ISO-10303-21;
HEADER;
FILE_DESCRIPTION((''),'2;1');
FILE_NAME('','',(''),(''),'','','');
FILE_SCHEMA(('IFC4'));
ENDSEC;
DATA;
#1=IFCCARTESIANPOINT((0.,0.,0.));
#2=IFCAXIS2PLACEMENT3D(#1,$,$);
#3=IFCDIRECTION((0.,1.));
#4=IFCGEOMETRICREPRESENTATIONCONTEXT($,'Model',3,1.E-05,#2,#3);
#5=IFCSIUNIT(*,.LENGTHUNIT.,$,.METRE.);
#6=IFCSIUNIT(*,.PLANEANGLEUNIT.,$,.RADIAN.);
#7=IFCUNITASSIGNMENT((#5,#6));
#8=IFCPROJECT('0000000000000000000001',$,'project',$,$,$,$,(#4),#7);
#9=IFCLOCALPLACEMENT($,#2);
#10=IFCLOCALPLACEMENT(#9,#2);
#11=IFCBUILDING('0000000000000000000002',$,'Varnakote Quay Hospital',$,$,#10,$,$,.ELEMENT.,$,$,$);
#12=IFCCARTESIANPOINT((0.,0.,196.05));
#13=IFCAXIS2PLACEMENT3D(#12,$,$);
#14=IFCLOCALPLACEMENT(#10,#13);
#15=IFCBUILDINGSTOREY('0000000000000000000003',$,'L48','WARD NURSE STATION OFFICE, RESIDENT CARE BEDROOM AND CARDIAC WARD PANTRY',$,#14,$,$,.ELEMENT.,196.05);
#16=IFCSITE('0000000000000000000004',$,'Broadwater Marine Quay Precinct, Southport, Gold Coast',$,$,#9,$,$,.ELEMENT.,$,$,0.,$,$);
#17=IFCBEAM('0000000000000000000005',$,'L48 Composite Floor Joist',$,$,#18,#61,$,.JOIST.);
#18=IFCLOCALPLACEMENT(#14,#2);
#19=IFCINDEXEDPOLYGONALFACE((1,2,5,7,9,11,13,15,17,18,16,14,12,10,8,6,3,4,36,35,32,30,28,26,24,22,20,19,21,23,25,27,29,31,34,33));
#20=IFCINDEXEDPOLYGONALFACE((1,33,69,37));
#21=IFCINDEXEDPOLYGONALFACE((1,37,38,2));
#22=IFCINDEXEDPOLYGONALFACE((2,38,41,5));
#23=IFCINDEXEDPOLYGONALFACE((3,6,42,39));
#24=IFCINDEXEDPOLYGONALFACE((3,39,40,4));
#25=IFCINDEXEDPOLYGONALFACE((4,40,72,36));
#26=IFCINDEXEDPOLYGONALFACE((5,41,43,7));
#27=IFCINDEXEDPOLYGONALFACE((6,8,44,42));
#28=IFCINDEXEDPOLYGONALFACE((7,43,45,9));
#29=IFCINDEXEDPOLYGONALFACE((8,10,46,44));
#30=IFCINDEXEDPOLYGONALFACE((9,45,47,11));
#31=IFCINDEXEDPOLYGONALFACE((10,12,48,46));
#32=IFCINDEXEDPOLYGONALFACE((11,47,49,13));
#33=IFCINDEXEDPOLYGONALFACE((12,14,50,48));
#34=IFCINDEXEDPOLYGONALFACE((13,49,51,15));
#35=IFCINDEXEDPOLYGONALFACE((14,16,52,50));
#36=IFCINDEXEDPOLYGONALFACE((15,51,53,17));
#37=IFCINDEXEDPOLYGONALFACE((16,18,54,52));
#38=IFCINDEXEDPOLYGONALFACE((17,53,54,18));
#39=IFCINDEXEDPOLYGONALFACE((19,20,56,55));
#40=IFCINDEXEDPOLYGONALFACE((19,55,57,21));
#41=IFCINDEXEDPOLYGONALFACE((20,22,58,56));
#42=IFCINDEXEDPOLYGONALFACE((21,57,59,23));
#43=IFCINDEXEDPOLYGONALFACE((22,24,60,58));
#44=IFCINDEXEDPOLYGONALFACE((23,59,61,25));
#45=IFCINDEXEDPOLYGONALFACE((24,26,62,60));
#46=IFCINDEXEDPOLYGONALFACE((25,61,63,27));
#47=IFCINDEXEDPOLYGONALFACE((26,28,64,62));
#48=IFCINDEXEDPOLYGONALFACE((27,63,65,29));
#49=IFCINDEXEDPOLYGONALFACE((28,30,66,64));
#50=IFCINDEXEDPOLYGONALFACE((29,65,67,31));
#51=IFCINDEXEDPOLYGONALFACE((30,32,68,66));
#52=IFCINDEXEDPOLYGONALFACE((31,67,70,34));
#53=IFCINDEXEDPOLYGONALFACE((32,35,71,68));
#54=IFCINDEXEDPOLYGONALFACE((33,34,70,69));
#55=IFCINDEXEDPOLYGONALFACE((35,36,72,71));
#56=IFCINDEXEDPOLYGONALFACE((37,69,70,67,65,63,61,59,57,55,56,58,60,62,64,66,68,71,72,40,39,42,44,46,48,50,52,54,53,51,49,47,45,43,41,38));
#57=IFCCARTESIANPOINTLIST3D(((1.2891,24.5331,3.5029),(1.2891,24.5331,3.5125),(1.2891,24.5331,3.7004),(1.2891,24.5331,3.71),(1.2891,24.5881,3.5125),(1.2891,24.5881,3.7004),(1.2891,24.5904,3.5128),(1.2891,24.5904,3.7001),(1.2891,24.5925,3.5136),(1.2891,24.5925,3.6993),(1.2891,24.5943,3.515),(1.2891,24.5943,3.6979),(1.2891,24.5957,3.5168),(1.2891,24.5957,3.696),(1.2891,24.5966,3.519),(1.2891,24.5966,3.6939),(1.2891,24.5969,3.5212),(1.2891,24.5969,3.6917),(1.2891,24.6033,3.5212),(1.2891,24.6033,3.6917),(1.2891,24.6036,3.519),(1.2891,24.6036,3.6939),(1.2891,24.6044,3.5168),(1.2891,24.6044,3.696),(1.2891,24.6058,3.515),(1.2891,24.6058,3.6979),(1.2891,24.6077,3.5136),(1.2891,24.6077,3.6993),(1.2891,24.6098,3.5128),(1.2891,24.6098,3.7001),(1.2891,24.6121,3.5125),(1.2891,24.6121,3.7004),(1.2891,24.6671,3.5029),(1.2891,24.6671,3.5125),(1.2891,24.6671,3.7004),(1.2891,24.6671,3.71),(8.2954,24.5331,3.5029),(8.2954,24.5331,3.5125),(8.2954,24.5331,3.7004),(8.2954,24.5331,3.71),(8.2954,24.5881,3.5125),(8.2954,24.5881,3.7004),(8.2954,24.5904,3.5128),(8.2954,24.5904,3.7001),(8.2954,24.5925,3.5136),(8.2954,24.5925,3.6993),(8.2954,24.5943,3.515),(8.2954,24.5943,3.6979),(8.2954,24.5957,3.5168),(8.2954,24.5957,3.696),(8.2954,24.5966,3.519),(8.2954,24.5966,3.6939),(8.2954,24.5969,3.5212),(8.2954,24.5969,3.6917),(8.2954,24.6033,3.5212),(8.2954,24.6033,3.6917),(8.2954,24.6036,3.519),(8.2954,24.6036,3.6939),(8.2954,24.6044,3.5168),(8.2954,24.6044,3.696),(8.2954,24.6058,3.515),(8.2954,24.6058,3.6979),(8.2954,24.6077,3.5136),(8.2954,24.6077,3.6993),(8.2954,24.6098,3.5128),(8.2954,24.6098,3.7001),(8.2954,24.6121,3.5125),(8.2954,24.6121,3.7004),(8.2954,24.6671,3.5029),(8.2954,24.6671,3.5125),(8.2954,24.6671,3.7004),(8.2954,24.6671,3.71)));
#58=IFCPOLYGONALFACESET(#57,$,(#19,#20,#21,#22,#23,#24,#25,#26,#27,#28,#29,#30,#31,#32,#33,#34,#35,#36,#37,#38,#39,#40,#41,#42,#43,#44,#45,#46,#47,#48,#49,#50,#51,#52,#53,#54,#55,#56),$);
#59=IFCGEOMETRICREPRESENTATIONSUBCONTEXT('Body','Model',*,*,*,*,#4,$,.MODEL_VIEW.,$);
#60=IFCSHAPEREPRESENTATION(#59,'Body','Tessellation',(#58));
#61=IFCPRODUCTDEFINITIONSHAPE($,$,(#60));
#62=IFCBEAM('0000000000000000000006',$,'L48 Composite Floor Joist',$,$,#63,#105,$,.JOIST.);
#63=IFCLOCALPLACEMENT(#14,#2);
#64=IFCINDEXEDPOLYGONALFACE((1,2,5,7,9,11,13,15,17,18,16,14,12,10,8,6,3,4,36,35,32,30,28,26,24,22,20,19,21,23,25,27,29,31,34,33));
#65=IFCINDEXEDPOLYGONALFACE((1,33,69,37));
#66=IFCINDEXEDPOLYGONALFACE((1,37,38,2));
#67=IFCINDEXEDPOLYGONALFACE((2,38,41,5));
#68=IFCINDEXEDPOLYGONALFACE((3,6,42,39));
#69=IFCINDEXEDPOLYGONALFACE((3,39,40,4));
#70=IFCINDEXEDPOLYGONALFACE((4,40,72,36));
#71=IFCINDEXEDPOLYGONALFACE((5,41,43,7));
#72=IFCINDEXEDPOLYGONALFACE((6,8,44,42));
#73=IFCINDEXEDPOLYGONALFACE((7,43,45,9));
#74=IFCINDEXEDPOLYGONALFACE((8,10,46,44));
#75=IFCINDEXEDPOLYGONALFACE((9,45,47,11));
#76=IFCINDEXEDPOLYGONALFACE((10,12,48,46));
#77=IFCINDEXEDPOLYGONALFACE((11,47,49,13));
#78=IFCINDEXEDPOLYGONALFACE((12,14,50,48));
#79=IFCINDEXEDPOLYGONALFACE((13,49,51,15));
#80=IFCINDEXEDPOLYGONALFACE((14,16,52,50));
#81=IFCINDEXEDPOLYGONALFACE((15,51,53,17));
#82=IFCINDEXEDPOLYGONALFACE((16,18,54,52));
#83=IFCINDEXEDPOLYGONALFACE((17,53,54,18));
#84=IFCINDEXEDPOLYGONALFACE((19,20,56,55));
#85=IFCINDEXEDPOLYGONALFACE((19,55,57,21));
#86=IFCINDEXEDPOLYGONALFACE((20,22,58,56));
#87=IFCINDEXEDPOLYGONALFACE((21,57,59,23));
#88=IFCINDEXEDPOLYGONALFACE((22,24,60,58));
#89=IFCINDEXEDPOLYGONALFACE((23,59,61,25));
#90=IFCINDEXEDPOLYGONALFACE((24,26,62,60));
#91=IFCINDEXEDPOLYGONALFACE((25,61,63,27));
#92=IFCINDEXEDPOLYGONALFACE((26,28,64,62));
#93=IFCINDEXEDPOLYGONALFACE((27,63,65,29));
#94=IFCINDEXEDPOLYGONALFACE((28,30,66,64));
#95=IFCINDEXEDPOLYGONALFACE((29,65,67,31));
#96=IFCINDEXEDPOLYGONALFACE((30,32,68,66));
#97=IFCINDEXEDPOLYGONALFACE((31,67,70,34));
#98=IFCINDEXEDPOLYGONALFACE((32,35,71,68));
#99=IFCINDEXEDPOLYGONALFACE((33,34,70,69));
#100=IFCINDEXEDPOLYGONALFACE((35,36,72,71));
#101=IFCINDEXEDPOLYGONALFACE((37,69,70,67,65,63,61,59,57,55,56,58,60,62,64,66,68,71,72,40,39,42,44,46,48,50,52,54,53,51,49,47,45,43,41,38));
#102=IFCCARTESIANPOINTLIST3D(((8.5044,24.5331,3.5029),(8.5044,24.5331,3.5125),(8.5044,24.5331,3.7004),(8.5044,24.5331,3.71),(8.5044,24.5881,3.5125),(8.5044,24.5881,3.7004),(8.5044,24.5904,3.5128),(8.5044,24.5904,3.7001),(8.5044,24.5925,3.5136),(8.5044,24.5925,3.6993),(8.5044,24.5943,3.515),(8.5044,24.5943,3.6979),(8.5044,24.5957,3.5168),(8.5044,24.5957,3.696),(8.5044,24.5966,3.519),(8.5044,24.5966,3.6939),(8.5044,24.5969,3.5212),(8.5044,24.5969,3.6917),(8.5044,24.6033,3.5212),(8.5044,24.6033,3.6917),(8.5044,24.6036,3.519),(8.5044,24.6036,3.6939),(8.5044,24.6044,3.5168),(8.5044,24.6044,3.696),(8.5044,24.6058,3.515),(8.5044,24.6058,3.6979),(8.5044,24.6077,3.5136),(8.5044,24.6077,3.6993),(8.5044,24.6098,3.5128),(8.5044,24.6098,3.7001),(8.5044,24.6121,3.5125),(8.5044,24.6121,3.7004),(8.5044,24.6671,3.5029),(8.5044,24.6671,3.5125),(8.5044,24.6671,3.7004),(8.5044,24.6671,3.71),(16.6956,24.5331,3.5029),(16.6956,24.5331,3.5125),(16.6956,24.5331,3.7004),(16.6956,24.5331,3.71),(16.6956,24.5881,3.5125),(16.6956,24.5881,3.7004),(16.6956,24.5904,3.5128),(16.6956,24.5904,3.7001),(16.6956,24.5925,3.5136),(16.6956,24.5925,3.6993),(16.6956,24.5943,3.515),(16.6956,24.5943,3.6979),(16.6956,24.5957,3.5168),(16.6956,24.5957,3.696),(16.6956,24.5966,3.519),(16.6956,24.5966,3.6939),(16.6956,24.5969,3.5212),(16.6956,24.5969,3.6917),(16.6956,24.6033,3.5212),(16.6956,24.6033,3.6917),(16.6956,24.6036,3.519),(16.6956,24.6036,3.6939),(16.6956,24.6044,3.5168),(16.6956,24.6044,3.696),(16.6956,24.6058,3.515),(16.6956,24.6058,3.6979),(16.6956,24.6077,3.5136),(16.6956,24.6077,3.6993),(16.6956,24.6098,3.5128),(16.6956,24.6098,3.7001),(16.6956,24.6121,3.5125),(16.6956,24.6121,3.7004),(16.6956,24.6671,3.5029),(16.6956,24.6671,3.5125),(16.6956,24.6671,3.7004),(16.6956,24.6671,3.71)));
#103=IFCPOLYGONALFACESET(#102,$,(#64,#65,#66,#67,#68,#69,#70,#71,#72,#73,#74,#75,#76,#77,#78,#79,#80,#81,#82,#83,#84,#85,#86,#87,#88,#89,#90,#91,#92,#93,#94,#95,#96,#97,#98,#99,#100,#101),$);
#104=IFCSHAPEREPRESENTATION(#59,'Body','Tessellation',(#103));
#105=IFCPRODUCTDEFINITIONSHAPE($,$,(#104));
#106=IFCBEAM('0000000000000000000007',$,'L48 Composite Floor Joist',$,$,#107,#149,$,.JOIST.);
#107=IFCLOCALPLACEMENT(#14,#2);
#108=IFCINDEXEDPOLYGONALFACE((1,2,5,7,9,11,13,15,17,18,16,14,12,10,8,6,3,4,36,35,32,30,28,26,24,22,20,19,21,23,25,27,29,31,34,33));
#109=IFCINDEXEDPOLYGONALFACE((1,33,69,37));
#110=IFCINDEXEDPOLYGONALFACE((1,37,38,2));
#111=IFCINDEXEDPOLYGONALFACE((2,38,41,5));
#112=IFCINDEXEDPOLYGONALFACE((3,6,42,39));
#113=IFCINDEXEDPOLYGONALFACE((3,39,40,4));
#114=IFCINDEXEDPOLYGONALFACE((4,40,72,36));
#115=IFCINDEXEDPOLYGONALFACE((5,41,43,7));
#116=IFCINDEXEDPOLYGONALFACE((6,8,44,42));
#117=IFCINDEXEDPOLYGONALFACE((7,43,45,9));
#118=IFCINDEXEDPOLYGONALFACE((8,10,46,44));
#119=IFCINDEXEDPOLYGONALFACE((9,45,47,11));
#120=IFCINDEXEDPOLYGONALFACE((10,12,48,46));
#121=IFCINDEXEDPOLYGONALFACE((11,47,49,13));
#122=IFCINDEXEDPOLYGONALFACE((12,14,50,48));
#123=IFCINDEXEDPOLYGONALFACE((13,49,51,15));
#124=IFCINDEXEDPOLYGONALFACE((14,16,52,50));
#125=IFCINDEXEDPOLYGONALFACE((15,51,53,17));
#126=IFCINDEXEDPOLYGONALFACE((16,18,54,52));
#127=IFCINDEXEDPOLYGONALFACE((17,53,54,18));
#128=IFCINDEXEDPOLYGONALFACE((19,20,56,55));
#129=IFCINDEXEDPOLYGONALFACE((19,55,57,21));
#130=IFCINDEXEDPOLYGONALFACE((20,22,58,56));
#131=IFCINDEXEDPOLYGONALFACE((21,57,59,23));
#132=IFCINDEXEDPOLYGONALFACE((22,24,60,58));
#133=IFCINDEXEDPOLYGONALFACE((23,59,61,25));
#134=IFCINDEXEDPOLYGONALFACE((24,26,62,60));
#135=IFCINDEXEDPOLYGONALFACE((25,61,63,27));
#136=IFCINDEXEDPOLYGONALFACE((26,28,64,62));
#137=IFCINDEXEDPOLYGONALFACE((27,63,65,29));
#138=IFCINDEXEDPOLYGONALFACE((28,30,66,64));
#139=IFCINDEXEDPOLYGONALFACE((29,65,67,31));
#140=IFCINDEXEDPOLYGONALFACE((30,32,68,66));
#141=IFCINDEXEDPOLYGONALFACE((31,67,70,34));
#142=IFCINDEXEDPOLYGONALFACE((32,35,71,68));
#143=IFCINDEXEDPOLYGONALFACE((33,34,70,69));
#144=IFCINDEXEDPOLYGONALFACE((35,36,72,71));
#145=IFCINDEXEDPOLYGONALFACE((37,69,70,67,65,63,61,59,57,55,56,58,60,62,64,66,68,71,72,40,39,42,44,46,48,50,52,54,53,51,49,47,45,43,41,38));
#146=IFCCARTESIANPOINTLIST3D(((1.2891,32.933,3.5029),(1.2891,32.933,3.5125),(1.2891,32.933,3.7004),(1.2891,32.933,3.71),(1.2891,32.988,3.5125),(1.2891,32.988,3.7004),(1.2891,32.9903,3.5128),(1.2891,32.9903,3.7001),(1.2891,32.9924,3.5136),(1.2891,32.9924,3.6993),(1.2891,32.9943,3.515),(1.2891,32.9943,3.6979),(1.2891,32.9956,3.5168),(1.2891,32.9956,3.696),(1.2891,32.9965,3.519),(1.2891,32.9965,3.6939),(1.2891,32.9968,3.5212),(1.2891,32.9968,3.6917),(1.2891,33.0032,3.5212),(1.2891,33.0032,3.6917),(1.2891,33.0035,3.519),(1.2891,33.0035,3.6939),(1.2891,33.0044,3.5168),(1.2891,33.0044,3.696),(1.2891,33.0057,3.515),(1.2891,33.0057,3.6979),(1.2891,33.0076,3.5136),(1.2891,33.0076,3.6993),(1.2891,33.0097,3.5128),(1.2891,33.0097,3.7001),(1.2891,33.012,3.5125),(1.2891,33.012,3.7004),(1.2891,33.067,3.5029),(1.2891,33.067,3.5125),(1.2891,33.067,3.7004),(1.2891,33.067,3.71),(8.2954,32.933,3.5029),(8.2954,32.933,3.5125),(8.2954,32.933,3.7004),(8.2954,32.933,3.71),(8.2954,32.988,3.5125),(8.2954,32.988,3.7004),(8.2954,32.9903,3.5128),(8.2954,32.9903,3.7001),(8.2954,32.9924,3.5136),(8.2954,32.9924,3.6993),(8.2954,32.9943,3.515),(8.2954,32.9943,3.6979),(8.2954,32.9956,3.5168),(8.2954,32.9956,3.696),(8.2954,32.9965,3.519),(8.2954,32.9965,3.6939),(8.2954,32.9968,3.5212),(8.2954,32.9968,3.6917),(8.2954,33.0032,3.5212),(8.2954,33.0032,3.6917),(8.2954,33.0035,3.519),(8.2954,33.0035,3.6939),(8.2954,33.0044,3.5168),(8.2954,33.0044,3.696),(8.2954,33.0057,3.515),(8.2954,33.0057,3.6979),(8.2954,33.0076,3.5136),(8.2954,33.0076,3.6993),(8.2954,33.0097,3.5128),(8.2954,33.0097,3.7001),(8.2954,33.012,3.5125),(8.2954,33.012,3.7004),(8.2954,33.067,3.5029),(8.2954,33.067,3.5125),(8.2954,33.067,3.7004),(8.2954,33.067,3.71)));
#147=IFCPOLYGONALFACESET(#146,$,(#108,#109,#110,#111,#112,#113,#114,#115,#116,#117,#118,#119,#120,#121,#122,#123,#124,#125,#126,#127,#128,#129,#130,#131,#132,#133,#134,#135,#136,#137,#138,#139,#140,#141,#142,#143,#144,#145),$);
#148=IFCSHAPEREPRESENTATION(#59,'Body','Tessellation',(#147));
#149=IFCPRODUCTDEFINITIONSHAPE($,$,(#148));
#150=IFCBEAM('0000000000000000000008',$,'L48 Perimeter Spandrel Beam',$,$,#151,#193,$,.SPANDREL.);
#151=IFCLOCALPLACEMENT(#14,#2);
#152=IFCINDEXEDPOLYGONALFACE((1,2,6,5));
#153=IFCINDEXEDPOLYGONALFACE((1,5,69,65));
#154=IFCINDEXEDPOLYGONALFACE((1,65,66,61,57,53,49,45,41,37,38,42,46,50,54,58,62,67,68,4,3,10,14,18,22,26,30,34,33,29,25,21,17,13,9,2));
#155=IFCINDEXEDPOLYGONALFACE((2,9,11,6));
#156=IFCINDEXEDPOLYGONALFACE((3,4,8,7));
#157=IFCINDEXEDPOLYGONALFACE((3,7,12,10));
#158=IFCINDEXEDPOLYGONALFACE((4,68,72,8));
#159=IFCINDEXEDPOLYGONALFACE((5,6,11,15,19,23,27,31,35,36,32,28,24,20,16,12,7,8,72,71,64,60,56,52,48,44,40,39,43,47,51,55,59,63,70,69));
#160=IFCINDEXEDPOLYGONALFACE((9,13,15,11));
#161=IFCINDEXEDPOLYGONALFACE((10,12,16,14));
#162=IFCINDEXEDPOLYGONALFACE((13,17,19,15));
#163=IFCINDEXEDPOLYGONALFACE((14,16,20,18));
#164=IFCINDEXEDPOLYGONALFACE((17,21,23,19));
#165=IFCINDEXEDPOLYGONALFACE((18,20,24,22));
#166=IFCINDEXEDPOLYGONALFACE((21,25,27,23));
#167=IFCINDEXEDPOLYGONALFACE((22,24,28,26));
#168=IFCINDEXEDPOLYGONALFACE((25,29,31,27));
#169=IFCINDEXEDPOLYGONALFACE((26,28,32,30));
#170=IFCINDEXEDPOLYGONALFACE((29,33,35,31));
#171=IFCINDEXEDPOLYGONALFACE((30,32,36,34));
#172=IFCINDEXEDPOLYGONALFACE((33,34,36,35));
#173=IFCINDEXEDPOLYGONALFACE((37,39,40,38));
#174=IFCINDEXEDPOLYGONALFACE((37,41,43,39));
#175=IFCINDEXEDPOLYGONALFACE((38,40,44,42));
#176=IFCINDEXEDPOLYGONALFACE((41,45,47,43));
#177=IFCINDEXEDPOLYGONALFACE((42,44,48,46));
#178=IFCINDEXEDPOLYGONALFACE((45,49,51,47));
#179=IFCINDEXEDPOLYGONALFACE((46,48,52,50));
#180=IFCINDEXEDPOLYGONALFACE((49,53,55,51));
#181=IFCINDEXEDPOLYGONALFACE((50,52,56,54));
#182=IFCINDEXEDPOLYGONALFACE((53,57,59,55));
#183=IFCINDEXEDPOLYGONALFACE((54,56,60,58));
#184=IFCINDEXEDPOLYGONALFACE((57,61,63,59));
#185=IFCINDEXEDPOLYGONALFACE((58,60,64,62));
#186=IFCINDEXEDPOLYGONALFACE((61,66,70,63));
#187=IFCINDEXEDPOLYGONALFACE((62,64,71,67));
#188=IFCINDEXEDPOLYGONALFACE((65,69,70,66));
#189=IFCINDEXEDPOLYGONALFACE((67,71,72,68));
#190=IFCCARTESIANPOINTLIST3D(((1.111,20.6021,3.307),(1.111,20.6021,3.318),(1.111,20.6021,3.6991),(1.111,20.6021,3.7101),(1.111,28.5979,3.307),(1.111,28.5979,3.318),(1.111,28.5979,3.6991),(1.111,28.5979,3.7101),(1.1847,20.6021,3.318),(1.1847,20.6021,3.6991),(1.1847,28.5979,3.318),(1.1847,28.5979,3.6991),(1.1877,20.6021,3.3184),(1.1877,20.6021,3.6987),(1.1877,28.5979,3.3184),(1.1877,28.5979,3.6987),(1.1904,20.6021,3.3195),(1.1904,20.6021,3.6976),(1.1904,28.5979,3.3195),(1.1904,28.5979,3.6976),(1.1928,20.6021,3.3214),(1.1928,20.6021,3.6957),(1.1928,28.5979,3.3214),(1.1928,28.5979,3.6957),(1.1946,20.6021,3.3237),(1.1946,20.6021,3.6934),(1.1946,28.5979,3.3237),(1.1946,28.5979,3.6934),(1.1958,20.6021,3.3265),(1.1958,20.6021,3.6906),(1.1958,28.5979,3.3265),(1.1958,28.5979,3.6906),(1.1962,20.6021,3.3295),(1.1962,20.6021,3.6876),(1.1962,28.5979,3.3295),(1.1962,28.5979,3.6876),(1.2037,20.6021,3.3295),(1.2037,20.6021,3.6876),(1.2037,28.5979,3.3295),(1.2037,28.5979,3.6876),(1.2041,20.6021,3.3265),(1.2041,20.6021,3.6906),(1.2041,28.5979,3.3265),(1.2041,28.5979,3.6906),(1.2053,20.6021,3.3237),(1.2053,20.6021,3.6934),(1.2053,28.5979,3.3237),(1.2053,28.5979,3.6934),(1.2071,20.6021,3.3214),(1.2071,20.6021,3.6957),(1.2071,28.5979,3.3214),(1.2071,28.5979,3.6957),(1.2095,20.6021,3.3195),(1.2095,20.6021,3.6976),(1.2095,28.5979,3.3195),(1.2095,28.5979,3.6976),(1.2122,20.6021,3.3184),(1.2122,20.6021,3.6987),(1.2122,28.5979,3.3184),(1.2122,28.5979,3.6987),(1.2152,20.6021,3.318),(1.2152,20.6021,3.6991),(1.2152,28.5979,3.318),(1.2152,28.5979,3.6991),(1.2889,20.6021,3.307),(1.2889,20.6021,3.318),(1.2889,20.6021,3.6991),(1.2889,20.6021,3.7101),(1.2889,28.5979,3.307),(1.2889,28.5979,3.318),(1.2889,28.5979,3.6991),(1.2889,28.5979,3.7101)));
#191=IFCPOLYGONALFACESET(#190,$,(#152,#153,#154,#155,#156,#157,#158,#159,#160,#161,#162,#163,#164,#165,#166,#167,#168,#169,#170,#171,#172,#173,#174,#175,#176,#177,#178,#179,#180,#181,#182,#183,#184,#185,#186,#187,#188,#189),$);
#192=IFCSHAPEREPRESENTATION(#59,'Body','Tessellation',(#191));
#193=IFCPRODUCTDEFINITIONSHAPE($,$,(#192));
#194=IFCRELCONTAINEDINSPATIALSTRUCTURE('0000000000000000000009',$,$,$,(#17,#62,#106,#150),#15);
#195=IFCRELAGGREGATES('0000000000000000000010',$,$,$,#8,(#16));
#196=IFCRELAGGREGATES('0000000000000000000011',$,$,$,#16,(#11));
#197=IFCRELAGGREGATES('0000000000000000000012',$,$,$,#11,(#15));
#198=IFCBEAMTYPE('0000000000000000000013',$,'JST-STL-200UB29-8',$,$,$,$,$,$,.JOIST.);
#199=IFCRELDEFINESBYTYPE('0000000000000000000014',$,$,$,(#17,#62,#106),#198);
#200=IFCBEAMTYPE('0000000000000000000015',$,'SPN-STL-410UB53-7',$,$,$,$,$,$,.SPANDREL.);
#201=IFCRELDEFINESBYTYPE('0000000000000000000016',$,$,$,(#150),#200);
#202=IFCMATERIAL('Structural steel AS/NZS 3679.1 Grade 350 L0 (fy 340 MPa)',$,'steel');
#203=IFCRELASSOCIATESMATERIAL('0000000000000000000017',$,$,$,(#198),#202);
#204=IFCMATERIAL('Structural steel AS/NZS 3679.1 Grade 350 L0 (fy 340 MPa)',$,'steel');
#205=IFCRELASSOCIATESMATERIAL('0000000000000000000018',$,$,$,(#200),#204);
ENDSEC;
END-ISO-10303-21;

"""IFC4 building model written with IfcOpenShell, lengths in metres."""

from ifc_helpers import new_model, si_unit, direction, frame, origin, origin_2d, place, context, subcontext, project, spatial, i_section, extrude, material, material_profile, profile_set, type_object, element, save


model = new_model("IFC4")

# Units and contexts
model_context = context("Model", 3, precision=1e-05, world=origin(), true_north=direction((0.0, 1.0)))
body_context = subcontext(model_context, "Body", "Model", "MODEL_VIEW")
ifc_project = project(units=[si_unit("LENGTHUNIT", "METRE"), si_unit("PLANEANGLEUNIT", "RADIAN")], contexts=[model_context])

# Site, building, storey
site_placement = place(None, origin())
site = spatial("IfcSite", under=ifc_project, at=site_placement, Name="Broadwater Marine Quay Precinct, Southport, Gold Coast", CompositionType="ELEMENT", RefElevation=0.0)
building_placement = place(site_placement, origin())
building = spatial("IfcBuilding", under=site, at=building_placement, Name="Varnakote Quay Hospital", CompositionType="ELEMENT")
storey_placement = place(building_placement, frame((0.0, 0.0, 196.05)))
storey = spatial("IfcBuildingStorey", under=building, at=storey_placement, Name="L48", Description="WARD NURSE STATION OFFICE, RESIDENT CARE BEDROOM AND CARDIAC WARD PANTRY", CompositionType="ELEMENT", Elevation=196.05)

# Beams
ifc_material_1 = material(Name="Structural steel AS/NZS 3679.1 Grade 350 L0 (fy 340 MPa)", Category="steel")
ifc_material_profile_1 = material_profile(ifc_material_1, i_section(OverallWidth=0.134, OverallDepth=0.207, WebThickness=0.0063, FlangeThickness=0.0095, FilletRadius=0.0088, at=origin_2d()), Name="200UB29.8")
ifc_profile_set_1 = profile_set([ifc_material_profile_1], Name="Structural steel AS/NZS 3679.1 Grade 350 L0 (fy 340 MPa)")
beam_type_1 = type_object("IfcBeamType", Name="JST-STL-200UB29-8", PredefinedType="JOIST", material=ifc_profile_set_1)
beam_1_placement = place(storey_placement, frame((1.2891, 24.6001, 3.6064), z_axis=(1.0, 0.0, 0.0), x_axis=(0.0, 1.0, 0.0)))
element("IfcBeam", 1, at=beam_1_placement, inside=storey, type_object=beam_type_1, Name="L48 Composite Floor Joist", PredefinedType="JOIST", context=body_context, shape_type="SweptSolid", body=[
    extrude(i_section(OverallWidth=0.134, OverallDepth=0.207, WebThickness=0.0063, FlangeThickness=0.0095, FilletRadius=0.0088, at=origin_2d()), origin(), (0.0, 0.0, 1.0), 7.0063),
])
beam_2_placement = place(storey_placement, frame((8.5044, 24.6001, 3.6064), z_axis=(1.0, 0.0, 0.0), x_axis=(0.0, 1.0, 0.0)))
element("IfcBeam", 2, at=beam_2_placement, inside=storey, type_object=beam_type_1, Name="L48 Composite Floor Joist", PredefinedType="JOIST", context=body_context, shape_type="SweptSolid", body=[
    extrude(i_section(OverallWidth=0.134, OverallDepth=0.207, WebThickness=0.0063, FlangeThickness=0.0095, FilletRadius=0.0088, at=origin_2d()), origin(), (0.0, 0.0, 1.0), 8.1912),
])
beam_3_placement = place(storey_placement, frame((1.2891, 33.0, 3.6064), z_axis=(1.0, 0.0, 0.0), x_axis=(0.0, 1.0, 0.0)))
element("IfcBeam", 3, at=beam_3_placement, inside=storey, type_object=beam_type_1, Name="L48 Composite Floor Joist", PredefinedType="JOIST", context=body_context, shape_type="SweptSolid", body=[
    extrude(i_section(OverallWidth=0.134, OverallDepth=0.207, WebThickness=0.0063, FlangeThickness=0.0095, FilletRadius=0.0088, at=origin_2d()), origin(), (0.0, 0.0, 1.0), 7.0063),
])
ifc_material_2 = material(Name="Structural steel AS/NZS 3679.1 Grade 350 L0 (fy 340 MPa)", Category="steel")
ifc_material_profile_2 = material_profile(ifc_material_2, i_section(OverallWidth=0.178, OverallDepth=0.4031, WebThickness=0.0076, FlangeThickness=0.011, FilletRadius=0.0115, at=origin_2d()), Name="410UB53.7")
ifc_profile_set_2 = profile_set([ifc_material_profile_2], Name="Structural steel AS/NZS 3679.1 Grade 350 L0 (fy 340 MPa)")
beam_type_2 = type_object("IfcBeamType", Name="SPN-STL-410UB53-7", PredefinedType="SPANDREL", material=ifc_profile_set_2)
beam_4_placement = place(storey_placement, frame((1.2, 20.6021, 3.5085), z_axis=(0.0, 1.0, 0.0), x_axis=(-1.0, 0.0, 0.0)))
element("IfcBeam", 4, at=beam_4_placement, inside=storey, type_object=beam_type_2, Name="L48 Perimeter Spandrel Beam", PredefinedType="SPANDREL", context=body_context, shape_type="SweptSolid", body=[
    extrude(i_section(OverallWidth=0.178, OverallDepth=0.4031, WebThickness=0.0076, FlangeThickness=0.011, FilletRadius=0.0115, at=origin_2d()), origin(), (0.0, 0.0, 1.0), 7.9958),
])

save(model, "model.ifc")
